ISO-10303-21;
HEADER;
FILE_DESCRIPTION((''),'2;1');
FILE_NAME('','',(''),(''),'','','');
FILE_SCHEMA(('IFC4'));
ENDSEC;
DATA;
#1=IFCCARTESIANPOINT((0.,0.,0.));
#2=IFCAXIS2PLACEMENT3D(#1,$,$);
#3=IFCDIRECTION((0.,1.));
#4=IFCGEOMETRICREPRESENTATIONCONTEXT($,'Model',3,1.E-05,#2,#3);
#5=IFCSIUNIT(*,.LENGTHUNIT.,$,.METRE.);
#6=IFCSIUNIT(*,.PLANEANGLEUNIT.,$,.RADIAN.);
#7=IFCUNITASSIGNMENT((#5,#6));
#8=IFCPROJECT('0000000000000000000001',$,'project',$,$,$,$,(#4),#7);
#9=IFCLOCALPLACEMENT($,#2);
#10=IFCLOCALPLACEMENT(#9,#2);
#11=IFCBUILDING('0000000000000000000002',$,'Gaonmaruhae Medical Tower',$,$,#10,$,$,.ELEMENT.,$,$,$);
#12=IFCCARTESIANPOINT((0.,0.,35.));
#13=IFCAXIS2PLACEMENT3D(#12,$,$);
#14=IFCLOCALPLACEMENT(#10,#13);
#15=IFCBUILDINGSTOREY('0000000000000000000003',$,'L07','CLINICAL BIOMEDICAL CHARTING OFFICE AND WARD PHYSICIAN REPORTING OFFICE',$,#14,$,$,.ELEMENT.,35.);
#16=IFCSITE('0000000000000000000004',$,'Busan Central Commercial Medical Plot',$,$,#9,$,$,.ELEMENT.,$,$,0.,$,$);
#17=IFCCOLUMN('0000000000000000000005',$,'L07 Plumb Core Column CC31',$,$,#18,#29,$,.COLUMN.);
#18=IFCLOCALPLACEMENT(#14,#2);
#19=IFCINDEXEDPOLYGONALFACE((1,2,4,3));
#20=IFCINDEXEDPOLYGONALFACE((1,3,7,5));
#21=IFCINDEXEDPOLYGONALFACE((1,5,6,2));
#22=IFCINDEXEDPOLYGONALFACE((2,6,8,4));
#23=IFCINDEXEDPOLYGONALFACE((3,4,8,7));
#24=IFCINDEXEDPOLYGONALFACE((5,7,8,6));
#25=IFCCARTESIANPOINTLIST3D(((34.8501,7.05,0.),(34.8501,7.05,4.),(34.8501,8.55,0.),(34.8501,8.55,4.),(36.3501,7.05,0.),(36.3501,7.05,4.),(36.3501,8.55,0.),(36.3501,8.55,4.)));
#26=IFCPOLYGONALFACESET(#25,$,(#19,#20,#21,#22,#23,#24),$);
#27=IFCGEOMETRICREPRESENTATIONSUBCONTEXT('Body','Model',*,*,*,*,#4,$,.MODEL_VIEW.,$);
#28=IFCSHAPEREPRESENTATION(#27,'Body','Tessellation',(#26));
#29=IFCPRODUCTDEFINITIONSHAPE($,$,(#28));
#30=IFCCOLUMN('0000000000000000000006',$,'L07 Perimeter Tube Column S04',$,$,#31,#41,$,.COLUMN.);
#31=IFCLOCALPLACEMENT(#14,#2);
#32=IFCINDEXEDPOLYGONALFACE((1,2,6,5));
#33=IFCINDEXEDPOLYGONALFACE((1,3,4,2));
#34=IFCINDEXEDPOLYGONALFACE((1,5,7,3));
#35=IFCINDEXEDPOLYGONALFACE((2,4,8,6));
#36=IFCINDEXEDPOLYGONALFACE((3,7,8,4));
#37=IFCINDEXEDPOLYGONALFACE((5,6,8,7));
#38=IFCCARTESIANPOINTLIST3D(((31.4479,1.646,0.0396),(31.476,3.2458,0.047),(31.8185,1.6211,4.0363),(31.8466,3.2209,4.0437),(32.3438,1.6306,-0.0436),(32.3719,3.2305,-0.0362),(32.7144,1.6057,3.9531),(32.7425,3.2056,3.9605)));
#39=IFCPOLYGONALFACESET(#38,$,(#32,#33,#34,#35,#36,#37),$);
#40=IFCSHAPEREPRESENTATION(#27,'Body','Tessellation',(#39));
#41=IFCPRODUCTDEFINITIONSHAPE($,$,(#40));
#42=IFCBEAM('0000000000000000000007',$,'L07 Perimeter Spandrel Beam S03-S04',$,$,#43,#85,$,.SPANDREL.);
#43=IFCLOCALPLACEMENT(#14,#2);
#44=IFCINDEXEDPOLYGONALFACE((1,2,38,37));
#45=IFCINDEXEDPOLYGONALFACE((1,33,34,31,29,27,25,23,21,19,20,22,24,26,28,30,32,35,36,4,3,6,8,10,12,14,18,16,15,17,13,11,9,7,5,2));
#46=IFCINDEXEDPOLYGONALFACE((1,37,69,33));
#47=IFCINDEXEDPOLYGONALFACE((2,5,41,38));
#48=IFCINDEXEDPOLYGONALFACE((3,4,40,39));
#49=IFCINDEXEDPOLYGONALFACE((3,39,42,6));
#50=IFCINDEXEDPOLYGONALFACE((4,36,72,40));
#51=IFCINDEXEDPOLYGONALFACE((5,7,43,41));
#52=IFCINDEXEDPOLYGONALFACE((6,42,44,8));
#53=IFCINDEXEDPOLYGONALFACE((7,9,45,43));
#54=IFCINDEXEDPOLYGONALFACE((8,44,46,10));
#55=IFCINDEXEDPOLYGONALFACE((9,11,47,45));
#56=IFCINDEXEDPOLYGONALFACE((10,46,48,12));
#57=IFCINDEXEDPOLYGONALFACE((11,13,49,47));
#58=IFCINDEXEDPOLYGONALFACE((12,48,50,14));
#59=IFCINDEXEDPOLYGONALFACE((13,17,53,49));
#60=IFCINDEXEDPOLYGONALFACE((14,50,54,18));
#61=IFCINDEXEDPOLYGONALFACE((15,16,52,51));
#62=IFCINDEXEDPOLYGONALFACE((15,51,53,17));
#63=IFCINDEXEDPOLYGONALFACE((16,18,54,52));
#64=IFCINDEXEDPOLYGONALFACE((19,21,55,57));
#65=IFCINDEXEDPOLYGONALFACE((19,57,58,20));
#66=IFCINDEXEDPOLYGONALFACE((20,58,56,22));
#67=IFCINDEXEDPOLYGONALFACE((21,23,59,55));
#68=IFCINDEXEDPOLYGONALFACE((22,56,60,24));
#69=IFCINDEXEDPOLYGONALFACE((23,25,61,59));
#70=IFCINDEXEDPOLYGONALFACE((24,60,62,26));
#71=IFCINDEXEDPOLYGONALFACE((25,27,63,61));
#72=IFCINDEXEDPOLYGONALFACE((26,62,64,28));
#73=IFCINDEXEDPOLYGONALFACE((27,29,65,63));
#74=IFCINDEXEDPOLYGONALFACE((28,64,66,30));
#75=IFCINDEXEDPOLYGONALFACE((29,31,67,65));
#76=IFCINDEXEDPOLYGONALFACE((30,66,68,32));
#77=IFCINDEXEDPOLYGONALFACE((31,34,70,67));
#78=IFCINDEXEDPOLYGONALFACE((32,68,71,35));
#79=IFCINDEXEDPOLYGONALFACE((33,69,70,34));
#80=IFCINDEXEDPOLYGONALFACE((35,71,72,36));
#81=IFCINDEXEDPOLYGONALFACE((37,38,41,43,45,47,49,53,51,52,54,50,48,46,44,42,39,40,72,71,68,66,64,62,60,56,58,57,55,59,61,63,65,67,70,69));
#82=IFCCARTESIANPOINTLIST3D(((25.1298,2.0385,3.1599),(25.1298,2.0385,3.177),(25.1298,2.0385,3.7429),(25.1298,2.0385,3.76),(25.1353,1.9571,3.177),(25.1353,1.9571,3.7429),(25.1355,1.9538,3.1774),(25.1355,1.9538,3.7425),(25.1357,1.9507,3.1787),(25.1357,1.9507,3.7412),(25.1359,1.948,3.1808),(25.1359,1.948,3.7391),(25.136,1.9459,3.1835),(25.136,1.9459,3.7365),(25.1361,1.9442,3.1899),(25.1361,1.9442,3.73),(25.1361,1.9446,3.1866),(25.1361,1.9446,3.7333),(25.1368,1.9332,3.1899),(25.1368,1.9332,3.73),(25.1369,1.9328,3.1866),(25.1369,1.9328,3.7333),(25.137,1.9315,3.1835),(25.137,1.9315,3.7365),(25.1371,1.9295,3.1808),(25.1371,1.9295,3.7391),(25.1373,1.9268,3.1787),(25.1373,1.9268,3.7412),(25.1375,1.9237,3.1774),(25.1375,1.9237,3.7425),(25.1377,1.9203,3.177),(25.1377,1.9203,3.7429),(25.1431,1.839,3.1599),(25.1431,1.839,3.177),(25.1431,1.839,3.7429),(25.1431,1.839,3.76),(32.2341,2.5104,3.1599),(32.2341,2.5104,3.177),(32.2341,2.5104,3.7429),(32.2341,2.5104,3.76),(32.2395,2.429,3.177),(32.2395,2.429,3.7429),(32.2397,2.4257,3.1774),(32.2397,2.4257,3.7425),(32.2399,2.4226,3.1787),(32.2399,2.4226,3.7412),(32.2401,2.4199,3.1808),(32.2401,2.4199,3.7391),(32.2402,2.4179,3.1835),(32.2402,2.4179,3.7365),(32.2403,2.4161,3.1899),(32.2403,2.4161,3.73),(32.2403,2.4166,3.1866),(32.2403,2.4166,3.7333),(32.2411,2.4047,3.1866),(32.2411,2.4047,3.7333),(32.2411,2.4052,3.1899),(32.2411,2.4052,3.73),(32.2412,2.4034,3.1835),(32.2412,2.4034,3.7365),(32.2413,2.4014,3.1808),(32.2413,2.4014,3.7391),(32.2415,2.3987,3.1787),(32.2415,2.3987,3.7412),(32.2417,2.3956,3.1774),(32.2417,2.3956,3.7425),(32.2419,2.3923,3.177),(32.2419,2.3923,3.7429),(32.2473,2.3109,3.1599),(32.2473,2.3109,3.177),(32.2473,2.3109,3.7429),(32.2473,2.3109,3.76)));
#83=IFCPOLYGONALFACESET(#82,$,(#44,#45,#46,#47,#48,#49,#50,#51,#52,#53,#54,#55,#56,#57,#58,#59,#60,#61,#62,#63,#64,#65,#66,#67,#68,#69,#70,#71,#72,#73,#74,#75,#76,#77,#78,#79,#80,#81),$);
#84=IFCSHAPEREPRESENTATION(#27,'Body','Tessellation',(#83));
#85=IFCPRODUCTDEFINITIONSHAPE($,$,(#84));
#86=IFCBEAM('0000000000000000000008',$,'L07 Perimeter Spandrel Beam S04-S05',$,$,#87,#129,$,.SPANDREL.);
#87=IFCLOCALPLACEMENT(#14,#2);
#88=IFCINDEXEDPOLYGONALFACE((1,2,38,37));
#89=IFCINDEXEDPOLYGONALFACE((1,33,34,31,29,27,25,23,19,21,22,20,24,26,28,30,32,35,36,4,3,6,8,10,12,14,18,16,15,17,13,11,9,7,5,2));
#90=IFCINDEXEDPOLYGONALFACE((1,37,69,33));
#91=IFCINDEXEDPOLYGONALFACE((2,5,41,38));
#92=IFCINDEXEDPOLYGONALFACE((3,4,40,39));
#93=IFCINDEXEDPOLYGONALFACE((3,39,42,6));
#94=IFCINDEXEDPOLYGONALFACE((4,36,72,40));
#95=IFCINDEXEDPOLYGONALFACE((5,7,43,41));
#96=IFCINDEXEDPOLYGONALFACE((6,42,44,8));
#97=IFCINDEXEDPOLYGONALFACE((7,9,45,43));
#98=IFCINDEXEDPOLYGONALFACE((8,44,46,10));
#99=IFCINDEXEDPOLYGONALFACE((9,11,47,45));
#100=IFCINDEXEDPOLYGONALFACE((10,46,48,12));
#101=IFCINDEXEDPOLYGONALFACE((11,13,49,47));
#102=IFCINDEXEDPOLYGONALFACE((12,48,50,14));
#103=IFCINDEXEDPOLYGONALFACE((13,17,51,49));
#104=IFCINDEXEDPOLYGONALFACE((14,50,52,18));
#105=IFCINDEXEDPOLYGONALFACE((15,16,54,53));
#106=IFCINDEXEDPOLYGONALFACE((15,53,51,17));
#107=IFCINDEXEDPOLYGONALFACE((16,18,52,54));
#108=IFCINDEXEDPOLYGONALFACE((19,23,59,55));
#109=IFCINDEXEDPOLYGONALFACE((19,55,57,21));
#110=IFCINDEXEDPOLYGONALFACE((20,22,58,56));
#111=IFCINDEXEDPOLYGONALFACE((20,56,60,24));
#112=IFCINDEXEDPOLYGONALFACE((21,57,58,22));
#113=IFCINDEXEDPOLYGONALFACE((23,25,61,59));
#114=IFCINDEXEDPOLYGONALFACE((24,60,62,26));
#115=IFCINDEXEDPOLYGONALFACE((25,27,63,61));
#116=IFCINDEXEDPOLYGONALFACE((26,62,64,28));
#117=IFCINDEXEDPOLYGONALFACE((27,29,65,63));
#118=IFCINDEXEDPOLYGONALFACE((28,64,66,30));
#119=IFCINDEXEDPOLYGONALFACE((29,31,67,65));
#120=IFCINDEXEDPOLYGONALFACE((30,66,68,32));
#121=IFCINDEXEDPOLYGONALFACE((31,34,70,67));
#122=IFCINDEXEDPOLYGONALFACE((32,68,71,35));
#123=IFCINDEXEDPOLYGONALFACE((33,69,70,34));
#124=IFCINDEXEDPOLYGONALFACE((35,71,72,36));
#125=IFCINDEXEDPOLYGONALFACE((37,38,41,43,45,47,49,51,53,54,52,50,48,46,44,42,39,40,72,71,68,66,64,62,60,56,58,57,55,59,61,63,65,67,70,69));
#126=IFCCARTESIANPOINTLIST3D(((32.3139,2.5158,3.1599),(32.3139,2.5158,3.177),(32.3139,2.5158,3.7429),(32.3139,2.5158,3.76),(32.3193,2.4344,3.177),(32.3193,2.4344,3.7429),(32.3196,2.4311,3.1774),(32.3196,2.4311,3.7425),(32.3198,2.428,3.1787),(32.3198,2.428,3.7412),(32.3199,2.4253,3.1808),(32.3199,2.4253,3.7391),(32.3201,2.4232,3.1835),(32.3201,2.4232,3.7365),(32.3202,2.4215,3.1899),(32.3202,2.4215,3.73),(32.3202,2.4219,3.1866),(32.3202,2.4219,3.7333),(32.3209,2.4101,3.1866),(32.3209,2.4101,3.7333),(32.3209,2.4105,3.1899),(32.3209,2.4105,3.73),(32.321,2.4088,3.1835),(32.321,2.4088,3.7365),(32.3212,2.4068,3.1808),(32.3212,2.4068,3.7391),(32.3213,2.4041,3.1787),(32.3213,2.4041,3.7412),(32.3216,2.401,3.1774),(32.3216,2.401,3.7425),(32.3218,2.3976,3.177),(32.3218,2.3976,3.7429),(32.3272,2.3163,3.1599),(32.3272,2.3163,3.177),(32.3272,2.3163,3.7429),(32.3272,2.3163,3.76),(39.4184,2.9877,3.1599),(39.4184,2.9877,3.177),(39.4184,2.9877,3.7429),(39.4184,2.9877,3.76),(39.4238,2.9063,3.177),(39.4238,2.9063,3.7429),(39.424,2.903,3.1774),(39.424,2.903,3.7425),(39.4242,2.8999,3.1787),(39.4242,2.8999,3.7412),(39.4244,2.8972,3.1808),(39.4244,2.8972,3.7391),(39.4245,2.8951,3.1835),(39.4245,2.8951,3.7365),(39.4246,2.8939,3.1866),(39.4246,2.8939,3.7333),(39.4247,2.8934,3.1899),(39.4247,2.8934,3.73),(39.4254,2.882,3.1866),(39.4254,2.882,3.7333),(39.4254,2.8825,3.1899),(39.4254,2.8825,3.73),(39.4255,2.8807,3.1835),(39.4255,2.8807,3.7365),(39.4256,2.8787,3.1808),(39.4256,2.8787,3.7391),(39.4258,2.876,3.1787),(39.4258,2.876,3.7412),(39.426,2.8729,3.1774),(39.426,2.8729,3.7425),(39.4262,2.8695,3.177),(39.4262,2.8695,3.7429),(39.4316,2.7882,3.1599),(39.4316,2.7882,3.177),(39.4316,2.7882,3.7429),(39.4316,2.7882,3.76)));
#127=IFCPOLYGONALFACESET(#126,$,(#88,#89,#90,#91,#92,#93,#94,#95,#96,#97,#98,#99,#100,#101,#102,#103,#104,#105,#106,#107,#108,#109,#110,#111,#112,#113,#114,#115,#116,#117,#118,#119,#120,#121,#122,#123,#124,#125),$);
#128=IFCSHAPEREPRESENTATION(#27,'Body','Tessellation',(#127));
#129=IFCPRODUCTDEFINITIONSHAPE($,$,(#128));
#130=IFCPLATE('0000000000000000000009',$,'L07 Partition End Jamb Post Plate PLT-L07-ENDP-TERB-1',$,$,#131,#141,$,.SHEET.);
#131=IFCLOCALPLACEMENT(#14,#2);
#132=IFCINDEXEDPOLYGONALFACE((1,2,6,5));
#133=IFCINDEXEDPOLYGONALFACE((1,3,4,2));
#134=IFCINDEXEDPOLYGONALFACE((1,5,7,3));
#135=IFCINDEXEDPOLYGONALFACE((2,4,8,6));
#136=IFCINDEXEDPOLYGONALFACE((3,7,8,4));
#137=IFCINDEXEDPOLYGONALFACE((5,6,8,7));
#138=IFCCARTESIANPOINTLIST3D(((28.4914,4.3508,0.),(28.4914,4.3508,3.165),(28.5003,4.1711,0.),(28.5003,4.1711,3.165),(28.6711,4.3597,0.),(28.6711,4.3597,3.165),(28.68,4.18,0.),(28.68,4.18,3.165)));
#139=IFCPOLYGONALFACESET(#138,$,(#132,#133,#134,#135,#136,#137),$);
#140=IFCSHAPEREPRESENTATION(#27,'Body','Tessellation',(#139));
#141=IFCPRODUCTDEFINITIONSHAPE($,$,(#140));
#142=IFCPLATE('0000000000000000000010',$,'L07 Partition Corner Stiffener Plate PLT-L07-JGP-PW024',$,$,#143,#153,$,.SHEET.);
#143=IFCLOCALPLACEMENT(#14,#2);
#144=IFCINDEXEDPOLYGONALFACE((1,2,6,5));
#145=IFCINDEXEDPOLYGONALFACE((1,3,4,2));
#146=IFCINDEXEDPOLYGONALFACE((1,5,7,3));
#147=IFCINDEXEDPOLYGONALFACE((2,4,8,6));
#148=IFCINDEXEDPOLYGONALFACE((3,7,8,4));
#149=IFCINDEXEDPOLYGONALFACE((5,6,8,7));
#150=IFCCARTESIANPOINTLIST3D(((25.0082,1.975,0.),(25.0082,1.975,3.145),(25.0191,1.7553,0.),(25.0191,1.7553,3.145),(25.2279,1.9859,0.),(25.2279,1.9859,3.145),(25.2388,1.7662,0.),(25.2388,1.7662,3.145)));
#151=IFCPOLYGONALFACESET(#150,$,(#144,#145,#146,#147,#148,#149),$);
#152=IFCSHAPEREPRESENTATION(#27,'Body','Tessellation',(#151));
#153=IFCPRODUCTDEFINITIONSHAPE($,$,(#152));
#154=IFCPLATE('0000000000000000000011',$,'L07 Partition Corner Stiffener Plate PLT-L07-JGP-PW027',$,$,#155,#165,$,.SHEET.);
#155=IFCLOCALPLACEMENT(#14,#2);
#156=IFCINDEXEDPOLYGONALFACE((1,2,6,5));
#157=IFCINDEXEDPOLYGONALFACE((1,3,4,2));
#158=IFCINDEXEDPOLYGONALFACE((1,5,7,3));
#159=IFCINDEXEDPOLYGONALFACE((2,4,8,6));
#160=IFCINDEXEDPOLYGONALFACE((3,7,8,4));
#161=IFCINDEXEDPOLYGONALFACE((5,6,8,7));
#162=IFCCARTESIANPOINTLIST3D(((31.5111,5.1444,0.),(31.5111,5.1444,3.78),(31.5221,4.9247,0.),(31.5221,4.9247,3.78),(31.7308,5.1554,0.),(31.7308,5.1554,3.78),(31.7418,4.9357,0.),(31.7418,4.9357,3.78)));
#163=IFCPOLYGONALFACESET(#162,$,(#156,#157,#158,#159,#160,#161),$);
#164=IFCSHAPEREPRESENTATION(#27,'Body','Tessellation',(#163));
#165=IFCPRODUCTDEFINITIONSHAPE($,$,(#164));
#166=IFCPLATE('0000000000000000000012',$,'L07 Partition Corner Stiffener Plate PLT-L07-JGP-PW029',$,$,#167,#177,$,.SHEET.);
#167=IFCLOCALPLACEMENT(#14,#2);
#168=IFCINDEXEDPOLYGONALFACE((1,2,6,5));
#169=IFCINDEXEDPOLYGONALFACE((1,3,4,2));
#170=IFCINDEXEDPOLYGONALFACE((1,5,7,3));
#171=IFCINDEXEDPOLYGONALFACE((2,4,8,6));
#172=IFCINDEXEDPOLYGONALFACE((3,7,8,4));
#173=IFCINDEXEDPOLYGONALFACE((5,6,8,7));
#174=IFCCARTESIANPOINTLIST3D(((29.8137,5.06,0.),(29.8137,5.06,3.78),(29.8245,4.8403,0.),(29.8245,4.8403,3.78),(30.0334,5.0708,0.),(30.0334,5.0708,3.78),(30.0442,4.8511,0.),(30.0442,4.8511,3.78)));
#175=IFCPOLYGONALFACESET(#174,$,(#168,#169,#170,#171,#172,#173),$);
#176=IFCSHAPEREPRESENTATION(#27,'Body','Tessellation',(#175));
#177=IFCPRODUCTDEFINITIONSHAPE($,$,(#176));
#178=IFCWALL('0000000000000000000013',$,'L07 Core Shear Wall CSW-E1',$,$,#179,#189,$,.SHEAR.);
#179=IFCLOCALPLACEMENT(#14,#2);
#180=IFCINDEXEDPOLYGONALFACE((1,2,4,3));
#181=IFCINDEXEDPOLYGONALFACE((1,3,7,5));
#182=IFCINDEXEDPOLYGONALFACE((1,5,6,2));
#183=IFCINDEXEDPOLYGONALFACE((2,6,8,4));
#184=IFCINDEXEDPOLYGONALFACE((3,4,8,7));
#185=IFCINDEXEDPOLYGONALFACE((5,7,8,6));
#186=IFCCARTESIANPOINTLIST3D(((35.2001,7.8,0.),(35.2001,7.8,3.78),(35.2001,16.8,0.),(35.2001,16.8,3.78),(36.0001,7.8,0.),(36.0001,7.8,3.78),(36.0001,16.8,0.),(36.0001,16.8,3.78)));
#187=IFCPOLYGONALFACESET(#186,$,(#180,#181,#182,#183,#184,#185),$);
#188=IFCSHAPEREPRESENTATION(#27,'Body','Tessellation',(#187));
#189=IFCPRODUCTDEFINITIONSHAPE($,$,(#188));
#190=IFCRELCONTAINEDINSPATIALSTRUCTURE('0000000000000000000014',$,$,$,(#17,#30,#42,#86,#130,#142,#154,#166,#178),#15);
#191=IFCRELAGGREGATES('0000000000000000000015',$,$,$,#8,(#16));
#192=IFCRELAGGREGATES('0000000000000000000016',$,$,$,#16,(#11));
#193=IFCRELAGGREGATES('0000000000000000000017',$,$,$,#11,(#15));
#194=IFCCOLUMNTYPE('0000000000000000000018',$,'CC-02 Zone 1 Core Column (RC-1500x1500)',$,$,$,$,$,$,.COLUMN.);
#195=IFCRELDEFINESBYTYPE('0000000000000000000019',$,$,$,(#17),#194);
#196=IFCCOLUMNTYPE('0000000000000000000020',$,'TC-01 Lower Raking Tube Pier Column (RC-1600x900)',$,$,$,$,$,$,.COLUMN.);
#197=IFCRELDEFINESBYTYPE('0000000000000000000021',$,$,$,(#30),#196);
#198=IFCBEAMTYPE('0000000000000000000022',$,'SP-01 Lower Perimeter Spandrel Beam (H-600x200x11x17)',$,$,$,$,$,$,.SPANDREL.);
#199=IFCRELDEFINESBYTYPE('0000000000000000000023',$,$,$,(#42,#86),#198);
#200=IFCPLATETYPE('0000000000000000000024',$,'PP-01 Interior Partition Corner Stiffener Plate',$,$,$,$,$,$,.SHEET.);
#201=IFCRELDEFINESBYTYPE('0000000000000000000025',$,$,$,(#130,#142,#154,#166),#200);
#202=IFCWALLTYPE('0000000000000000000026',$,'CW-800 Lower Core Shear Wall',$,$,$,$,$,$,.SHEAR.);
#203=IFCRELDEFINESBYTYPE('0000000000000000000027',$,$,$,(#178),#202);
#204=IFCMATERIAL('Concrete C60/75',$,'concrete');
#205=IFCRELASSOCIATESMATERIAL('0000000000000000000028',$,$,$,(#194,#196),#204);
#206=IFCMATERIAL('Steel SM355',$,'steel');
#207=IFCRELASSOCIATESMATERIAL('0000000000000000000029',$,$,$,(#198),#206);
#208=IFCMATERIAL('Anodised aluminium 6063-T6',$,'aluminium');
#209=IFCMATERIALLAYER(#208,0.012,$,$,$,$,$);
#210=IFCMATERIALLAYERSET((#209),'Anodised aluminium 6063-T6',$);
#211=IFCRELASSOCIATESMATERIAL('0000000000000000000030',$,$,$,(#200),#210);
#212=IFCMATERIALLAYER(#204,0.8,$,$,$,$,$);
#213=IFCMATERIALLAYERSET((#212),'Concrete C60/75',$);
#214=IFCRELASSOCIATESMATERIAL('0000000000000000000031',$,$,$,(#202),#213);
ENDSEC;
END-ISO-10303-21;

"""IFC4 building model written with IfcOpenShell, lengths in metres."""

from ifc_helpers import new_model, si_unit, direction, frame, frame_2d, origin, origin_2d, place, context, subcontext, project, spatial, rectangle, i_section, extrude, material, layer, layer_set, material_profile, profile_set, type_object, element, save


model = new_model("IFC4")

# Units and contexts
model_context = context("Model", 3, precision=1e-05, world=origin(), true_north=direction((0.0, 1.0)))
body_context = subcontext(model_context, "Body", "Model", "MODEL_VIEW")
ifc_project = project(units=[si_unit("LENGTHUNIT", "METRE"), si_unit("PLANEANGLEUNIT", "RADIAN")], contexts=[model_context])

# Site, building, storey
site_placement = place(None, origin())
site = spatial("IfcSite", under=ifc_project, at=site_placement, Name="Busan Central Commercial Medical Plot", CompositionType="ELEMENT", RefElevation=0.0)
building_placement = place(site_placement, origin())
building = spatial("IfcBuilding", under=site, at=building_placement, Name="Gaonmaruhae Medical Tower", CompositionType="ELEMENT")
storey_placement = place(building_placement, frame((0.0, 0.0, 35.0)))
storey = spatial("IfcBuildingStorey", under=building, at=storey_placement, Name="L07", Description="CLINICAL BIOMEDICAL CHARTING OFFICE AND WARD PHYSICIAN REPORTING OFFICE", CompositionType="ELEMENT", Elevation=35.0)

# Columns
ifc_material_1 = material(Name="Concrete C60/75", Category="concrete")
ifc_material_profile_1 = material_profile(ifc_material_1, rectangle(XDim=1.5, YDim=1.5, at=origin_2d()), Name="RC-1500x1500")
ifc_profile_set_1 = profile_set([ifc_material_profile_1], Name="Concrete C60/75")
column_type_1 = type_object("IfcColumnType", Name="CC-02 Zone 1 Core Column (RC-1500x1500)", PredefinedType="COLUMN", material=ifc_profile_set_1)
column_1_placement = place(storey_placement, frame((35.6001, 7.8, 0.0), z_axis=(0.0, 0.0, 1.0), x_axis=(1.0, 0.0, 0.0)))
element("IfcColumn", 1, at=column_1_placement, inside=storey, type_object=column_type_1, Name="L07 Plumb Core Column CC31", PredefinedType="COLUMN", context=body_context, shape_type="SweptSolid", body=[
    extrude(rectangle(XDim=1.5, YDim=1.5, at=origin_2d()), origin(), (0.0, 0.0, 1.0), 4.0),
])
ifc_material_profile_2 = material_profile(ifc_material_1, rectangle(XDim=1.6001, YDim=0.8999, at=origin_2d()), Name="RC-1600x900")
ifc_profile_set_2 = profile_set([ifc_material_profile_2], Name="Concrete C60/75")
column_type_2 = type_object("IfcColumnType", Name="TC-01 Lower Raking Tube Pier Column (RC-1600x900)", PredefinedType="COLUMN", material=ifc_profile_set_2)
column_2_placement = place(storey_placement, frame((31.9099, 2.4382, 0.0017), z_axis=(0.092333, -0.006204, 0.995709), x_axis=(0.017563, 0.999835, 0.004601)))
element("IfcColumn", 2, at=column_2_placement, inside=storey, type_object=column_type_2, Name="L07 Perimeter Tube Column S04", PredefinedType="COLUMN", context=body_context, shape_type="SweptSolid", body=[
    extrude(rectangle(XDim=1.6001, YDim=0.8999, at=origin_2d()), origin(), (0.0, 0.0, 1.0), 4.0139),
])

# Beams
ifc_material_2 = material(Name="Steel SM355", Category="steel")
ifc_material_profile_3 = material_profile(ifc_material_2, i_section(OverallWidth=0.2, OverallDepth=0.6001, WebThickness=0.011, FlangeThickness=0.0171, FilletRadius=0.0129, at=origin_2d()), Name="H-600x200x11x17")
ifc_profile_set_3 = profile_set([ifc_material_profile_3], Name="Steel SM355")
beam_type = type_object("IfcBeamType", Name="SP-01 Lower Perimeter Spandrel Beam (H-600x200x11x17)", PredefinedType="SPANDREL", material=ifc_profile_set_3)
beam_1_placement = place(storey_placement, frame((25.1365, 1.9387, 3.46), z_axis=(0.997801, 0.066282, 0.0), x_axis=(-0.066282, 0.997801, 0.0)))
element("IfcBeam", 3, at=beam_1_placement, inside=storey, type_object=beam_type, Name="L07 Perimeter Spandrel Beam S03-S04", PredefinedType="SPANDREL", context=body_context, shape_type="SweptSolid", body=[
    extrude(i_section(OverallWidth=0.2, OverallDepth=0.6001, WebThickness=0.011, FlangeThickness=0.0171, FilletRadius=0.0129, at=origin_2d()), origin(), (0.0, 0.0, 1.0), 7.1199),
])
beam_2_placement = place(storey_placement, frame((32.3206, 2.416, 3.46), z_axis=(0.997801, 0.06628, 0.0), x_axis=(-0.06628, 0.997801, 0.0)))
element("IfcBeam", 4, at=beam_2_placement, inside=storey, type_object=beam_type, Name="L07 Perimeter Spandrel Beam S04-S05", PredefinedType="SPANDREL", context=body_context, shape_type="SweptSolid", body=[
    extrude(i_section(OverallWidth=0.2, OverallDepth=0.6001, WebThickness=0.011, FlangeThickness=0.0171, FilletRadius=0.0129, at=origin_2d()), origin(), (0.0, 0.0, 1.0), 7.1201),
])

# Plates
ifc_material_3 = material(Name="Anodised aluminium 6063-T6", Category="aluminium")
ifc_layer_1 = layer(ifc_material_3, 0.012)
ifc_layer_set_1 = layer_set([ifc_layer_1], Name="Anodised aluminium 6063-T6")
plate_type = type_object("IfcPlateType", Name="PP-01 Interior Partition Corner Stiffener Plate", PredefinedType="SHEET", material=ifc_layer_set_1)
plate_1_placement = place(storey_placement, frame((28.5857, 4.2654, 0.0), z_axis=(0.0, 0.0, 1.0), x_axis=(-0.998764, -0.049704, 0.0)))
element("IfcPlate", 5, at=plate_1_placement, inside=storey, type_object=plate_type, Name="L07 Partition End Jamb Post Plate PLT-L07-ENDP-TERB-1", PredefinedType="SHEET", context=body_context, shape_type="SweptSolid", body=[
    extrude(rectangle(XDim=0.1799, YDim=0.1799, at=origin_2d()), origin(), (0.0, 0.0, 1.0), 3.165),
])
plate_2_placement = place(storey_placement, frame((25.1235, 1.8706, 0.0), z_axis=(0.0, 0.0, 1.0), x_axis=(-0.998774, -0.049495, 0.0)))
element("IfcPlate", 6, at=plate_2_placement, inside=storey, type_object=plate_type, Name="L07 Partition Corner Stiffener Plate PLT-L07-JGP-PW024", PredefinedType="SHEET", context=body_context, shape_type="SweptSolid", body=[
    extrude(rectangle(XDim=0.22, YDim=0.22, at=origin_2d()), origin(), (0.0, 0.0, 1.0), 3.145),
])
for number, where, z_axis, x_axis, name in (
    (7, (31.6265, 5.04, 0.0), (0.0, 0.0, 1.0), (-0.050227, 0.998738, 0.0), "L07 Partition Corner Stiffener Plate PLT-L07-JGP-PW027"),
    (8, (29.929, 4.9556, 0.0), (0.0, 0.0, 1.0), (0.04932, -0.998783, 0.0), "L07 Partition Corner Stiffener Plate PLT-L07-JGP-PW029"),
):
    element("IfcPlate", number, at=place(storey_placement, frame(where, z_axis=z_axis, x_axis=x_axis)), inside=storey, type_object=plate_type, Name=name, PredefinedType="SHEET", context=body_context, shape_type="SweptSolid", body=[
        extrude(rectangle(XDim=0.22, YDim=0.22, at=origin_2d()), origin(), (0.0, 0.0, 1.0), 3.78),
    ])

# Wall
ifc_layer_2 = layer(ifc_material_1, 0.8)
ifc_layer_set_2 = layer_set([ifc_layer_2], Name="Concrete C60/75")
wall_type_1 = type_object("IfcWallType", Name="CW-800 Lower Core Shear Wall", PredefinedType="SHEAR", material=ifc_layer_set_2)
wall_1_placement = place(storey_placement, frame((35.6001, 7.8, 0.0), z_axis=(0.0, 0.0, 1.0), x_axis=(0.0, 1.0, 0.0)))
element("IfcWall", 9, at=wall_1_placement, inside=storey, type_object=wall_type_1, Name="L07 Core Shear Wall CSW-E1", PredefinedType="SHEAR", context=body_context, shape_type="SweptSolid", body=[
    extrude(rectangle(XDim=9.0, YDim=0.8, at=frame_2d((4.5, 0.0))), origin(), (0.0, 0.0, 1.0), 3.78),
])

save(model, "model.ifc")
